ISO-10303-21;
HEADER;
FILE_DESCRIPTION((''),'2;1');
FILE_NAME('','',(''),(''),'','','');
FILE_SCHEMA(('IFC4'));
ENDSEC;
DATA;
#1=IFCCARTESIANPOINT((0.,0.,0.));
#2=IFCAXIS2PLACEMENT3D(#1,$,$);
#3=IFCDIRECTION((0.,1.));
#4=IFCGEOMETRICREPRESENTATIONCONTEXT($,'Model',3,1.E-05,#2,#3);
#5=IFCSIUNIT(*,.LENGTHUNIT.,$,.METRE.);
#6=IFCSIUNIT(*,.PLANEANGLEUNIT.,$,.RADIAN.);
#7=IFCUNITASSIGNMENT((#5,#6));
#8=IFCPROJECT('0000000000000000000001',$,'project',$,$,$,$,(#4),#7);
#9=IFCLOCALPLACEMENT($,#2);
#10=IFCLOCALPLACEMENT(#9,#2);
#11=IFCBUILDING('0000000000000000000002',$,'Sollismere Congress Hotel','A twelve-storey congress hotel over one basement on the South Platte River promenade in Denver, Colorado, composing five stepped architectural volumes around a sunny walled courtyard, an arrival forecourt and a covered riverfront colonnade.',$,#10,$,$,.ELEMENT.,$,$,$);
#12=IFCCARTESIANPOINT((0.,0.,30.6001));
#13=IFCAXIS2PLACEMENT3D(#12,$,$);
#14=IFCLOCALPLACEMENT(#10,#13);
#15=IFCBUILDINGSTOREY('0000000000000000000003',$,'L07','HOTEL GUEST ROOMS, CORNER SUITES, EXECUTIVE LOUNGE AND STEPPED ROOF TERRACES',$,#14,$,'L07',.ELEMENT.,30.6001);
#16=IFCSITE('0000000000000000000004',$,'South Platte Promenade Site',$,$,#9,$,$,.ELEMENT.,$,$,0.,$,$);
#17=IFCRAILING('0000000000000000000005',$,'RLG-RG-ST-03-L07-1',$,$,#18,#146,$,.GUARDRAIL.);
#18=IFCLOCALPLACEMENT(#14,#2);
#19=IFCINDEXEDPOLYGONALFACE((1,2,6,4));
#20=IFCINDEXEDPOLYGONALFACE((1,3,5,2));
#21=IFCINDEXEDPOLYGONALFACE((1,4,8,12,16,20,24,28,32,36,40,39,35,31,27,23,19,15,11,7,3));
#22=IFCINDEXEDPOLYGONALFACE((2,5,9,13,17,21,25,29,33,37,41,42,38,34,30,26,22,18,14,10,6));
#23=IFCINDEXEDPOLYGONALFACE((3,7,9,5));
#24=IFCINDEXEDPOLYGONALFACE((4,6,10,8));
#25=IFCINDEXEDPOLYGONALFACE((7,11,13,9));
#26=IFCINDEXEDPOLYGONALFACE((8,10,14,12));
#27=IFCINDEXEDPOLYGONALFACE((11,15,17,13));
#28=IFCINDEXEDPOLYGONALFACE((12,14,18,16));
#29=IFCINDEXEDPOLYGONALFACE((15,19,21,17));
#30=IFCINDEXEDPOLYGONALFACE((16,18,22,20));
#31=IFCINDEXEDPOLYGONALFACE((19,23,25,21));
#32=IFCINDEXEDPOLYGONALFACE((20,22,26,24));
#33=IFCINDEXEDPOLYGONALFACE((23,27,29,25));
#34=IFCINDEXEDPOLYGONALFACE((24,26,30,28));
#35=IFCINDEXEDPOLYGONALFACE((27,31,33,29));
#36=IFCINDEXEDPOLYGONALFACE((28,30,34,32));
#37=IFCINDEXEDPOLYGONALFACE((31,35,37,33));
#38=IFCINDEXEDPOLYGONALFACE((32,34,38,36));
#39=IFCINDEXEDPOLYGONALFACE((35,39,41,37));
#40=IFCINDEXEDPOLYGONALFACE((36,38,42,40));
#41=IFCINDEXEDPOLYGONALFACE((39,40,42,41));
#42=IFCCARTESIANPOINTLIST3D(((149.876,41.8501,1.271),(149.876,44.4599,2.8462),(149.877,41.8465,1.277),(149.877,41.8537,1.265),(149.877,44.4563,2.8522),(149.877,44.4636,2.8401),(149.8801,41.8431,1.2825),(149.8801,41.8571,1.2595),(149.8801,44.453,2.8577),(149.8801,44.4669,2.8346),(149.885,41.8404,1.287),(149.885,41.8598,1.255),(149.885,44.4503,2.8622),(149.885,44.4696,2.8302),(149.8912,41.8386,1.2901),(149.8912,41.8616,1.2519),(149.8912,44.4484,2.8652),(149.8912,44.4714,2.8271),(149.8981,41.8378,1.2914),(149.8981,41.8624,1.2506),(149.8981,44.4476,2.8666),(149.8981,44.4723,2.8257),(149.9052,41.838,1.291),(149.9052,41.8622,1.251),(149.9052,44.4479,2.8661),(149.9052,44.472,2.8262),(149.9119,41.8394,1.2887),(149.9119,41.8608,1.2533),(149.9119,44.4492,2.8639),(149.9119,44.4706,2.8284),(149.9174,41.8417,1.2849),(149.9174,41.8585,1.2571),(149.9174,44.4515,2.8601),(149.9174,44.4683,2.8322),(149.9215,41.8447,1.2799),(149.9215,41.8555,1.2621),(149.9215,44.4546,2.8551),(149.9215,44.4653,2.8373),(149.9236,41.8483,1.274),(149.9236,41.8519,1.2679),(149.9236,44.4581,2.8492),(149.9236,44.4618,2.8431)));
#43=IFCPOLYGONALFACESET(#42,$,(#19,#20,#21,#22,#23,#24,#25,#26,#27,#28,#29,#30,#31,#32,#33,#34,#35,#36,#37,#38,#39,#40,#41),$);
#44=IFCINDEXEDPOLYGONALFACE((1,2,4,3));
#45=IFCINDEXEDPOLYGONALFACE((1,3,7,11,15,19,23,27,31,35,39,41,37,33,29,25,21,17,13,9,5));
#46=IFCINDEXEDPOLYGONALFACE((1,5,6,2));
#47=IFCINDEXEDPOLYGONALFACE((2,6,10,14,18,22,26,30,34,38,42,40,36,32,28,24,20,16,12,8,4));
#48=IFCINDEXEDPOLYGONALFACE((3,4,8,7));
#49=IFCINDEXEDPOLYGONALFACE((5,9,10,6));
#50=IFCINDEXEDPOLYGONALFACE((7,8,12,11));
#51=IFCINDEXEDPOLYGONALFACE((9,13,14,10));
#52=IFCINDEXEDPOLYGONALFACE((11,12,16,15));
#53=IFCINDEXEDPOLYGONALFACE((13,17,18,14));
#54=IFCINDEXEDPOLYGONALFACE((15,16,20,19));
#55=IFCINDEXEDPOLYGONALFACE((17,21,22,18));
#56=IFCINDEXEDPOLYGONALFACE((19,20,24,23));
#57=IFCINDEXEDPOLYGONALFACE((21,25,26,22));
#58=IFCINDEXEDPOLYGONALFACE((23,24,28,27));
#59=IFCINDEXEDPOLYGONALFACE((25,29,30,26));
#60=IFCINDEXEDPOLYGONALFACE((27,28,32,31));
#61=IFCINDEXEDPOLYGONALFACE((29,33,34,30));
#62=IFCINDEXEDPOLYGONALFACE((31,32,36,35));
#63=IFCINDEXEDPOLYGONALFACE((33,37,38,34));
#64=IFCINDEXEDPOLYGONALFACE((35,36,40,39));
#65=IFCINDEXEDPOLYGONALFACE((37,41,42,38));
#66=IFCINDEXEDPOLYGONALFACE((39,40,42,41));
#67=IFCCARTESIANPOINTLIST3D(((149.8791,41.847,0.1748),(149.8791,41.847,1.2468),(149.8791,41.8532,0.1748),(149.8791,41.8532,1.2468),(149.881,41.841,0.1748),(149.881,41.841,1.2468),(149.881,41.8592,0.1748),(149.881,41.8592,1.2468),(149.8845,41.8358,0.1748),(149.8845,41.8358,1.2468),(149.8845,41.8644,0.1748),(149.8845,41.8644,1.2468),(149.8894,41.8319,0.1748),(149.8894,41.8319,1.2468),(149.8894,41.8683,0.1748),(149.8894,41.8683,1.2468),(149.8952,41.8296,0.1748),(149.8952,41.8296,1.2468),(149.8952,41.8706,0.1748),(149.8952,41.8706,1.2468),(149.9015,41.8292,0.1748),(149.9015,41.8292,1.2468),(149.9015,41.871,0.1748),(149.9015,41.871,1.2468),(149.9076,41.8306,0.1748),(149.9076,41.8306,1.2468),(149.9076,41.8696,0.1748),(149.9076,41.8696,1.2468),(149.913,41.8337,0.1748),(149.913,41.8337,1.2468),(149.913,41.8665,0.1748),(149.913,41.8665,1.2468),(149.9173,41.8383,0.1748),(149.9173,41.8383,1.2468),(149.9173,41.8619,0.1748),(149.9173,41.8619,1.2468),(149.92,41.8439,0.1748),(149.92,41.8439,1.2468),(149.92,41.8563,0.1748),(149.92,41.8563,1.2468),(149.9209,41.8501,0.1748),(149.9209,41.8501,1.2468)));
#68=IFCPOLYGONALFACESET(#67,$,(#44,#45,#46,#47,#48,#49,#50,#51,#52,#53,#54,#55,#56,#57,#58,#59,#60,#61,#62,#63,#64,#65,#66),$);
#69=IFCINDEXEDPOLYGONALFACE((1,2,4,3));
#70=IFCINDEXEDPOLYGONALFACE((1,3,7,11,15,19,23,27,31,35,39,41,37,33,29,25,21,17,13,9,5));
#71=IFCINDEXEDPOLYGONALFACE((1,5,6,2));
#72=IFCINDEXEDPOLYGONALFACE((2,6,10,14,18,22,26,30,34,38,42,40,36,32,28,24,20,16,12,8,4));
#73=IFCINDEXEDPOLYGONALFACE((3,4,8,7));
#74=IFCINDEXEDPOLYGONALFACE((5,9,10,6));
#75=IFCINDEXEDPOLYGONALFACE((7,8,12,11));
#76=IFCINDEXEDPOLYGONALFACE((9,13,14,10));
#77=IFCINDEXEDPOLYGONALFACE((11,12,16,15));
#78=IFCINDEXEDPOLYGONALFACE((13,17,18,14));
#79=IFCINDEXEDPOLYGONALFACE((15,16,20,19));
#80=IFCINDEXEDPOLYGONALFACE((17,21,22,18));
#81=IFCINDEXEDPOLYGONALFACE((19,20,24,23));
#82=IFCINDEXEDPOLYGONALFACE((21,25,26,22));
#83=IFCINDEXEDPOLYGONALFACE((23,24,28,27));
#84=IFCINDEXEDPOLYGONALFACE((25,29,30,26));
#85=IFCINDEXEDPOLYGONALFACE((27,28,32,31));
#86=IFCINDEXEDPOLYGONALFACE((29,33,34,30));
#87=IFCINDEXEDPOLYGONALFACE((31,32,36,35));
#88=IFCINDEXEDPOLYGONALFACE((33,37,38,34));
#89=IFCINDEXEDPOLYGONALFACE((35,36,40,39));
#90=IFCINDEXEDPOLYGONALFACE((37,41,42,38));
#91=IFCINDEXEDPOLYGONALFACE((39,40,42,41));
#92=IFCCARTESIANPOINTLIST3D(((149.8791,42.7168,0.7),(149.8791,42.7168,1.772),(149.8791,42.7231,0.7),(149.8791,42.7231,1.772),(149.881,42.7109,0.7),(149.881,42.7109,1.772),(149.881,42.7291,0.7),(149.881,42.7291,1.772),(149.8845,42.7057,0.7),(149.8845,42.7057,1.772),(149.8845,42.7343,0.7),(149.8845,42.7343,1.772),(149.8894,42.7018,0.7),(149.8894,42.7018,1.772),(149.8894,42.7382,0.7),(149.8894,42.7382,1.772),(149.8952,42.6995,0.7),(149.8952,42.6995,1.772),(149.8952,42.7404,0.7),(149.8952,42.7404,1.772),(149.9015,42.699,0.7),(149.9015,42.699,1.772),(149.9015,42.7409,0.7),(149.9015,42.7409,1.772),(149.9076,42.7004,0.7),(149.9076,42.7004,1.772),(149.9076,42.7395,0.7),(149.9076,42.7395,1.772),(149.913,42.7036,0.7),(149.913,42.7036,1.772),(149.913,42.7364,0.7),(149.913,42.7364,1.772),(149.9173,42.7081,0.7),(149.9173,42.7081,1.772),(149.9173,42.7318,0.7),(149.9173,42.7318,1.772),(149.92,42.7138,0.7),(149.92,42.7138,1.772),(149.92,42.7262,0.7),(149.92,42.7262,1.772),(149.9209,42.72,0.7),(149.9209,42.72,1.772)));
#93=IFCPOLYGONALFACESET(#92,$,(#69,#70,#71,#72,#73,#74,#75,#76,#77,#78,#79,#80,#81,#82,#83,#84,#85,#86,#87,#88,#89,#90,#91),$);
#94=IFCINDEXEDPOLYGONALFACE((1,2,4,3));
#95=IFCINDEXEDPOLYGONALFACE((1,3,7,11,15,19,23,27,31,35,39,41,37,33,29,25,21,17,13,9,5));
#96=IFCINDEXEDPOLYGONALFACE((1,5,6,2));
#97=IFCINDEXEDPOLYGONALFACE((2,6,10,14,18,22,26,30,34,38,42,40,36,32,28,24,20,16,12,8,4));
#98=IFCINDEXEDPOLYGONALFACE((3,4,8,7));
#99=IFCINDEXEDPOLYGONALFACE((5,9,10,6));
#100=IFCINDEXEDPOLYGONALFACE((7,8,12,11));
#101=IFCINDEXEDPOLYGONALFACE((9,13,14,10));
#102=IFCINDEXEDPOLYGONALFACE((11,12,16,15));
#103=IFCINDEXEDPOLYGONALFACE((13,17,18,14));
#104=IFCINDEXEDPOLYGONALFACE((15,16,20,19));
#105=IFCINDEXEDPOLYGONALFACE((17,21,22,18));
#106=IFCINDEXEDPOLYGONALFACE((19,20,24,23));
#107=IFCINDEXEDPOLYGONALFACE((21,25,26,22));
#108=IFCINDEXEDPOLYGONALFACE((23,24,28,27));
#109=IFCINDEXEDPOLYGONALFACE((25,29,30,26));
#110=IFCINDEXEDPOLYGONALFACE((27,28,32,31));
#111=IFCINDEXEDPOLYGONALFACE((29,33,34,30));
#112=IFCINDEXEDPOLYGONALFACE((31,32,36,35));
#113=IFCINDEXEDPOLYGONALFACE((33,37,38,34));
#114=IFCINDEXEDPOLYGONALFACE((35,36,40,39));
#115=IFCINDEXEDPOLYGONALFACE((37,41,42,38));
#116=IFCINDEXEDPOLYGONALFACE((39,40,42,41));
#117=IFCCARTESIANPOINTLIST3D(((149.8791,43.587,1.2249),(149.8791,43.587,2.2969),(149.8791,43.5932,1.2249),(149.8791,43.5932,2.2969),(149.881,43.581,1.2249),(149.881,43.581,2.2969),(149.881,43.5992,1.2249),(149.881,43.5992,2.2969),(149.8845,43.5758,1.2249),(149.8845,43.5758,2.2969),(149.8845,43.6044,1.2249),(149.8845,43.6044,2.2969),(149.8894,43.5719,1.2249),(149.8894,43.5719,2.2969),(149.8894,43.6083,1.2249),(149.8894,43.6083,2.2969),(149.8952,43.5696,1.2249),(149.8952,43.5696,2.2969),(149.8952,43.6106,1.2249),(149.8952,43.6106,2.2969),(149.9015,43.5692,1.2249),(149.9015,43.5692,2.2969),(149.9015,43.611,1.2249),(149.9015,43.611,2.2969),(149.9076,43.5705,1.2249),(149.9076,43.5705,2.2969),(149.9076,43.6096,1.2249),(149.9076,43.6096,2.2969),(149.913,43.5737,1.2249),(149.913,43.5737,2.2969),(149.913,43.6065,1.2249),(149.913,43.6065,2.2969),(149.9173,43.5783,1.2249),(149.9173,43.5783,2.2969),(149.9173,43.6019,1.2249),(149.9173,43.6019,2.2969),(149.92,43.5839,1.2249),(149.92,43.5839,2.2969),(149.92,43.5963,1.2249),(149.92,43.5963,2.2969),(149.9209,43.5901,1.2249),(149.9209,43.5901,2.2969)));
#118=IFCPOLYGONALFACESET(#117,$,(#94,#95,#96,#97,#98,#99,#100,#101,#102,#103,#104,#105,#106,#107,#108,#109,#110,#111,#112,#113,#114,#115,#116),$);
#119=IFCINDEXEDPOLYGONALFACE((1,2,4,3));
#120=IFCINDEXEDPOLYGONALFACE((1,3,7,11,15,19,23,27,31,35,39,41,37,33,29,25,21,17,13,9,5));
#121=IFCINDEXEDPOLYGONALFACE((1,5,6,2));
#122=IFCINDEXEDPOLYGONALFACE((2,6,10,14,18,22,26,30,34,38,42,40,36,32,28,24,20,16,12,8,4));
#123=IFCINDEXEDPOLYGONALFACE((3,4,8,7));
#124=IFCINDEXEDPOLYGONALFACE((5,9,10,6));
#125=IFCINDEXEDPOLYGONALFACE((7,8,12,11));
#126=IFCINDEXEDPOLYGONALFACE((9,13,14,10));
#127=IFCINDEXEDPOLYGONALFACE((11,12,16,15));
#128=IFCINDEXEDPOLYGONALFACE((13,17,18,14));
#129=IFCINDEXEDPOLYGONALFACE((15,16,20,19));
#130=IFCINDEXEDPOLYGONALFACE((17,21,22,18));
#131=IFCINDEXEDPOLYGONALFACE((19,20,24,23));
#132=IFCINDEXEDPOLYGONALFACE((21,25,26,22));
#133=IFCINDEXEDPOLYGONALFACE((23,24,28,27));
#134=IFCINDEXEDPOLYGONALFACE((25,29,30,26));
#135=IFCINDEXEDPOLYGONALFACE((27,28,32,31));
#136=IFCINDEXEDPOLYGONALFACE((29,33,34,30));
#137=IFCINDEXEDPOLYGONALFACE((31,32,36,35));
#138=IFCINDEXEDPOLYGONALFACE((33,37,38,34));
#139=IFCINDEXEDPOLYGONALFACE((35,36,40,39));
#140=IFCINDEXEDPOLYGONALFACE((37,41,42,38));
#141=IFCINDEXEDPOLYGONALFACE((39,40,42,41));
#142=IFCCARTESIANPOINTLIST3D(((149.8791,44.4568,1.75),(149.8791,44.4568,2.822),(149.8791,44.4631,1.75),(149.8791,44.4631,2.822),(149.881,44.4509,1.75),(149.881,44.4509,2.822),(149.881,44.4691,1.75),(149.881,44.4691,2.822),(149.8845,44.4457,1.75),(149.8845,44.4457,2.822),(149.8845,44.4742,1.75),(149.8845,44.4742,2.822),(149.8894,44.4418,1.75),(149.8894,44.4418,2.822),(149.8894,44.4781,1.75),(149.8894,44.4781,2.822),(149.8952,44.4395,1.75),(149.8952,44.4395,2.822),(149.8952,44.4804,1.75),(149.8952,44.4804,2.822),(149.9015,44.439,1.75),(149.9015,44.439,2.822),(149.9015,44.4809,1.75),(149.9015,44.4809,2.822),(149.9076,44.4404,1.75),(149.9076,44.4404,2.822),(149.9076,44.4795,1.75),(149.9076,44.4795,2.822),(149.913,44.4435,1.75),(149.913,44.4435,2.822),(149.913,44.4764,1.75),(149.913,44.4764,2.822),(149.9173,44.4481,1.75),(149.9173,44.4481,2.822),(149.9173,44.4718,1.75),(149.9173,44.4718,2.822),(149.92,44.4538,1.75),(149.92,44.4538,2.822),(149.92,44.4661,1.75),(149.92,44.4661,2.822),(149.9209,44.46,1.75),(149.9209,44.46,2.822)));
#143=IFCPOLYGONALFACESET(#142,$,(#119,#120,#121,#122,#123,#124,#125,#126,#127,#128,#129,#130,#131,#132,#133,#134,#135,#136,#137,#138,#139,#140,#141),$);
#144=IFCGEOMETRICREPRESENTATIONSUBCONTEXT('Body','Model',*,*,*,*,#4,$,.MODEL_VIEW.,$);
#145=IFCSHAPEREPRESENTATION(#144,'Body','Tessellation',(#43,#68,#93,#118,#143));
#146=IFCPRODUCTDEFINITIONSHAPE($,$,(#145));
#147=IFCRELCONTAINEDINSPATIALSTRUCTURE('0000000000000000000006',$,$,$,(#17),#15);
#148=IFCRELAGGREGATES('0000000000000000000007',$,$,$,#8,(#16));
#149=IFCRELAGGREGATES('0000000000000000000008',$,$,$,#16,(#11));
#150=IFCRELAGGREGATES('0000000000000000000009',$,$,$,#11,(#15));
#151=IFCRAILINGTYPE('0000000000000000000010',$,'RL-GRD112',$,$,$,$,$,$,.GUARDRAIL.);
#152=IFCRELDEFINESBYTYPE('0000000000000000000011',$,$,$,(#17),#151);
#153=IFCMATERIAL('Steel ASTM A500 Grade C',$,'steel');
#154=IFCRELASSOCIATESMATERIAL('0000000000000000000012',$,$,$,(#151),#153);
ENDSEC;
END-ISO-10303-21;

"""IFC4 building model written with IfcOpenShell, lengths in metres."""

from ifc_helpers import new_model, si_unit, direction, frame, origin, origin_2d, place, context, subcontext, project, spatial, circle, extrude, material, type_object, element, save


model = new_model("IFC4")

# Units and contexts
model_context = context("Model", 3, precision=1e-05, world=origin(), true_north=direction((0.0, 1.0)))
body_context = subcontext(model_context, "Body", "Model", "MODEL_VIEW")
ifc_project = project(units=[si_unit("LENGTHUNIT", "METRE"), si_unit("PLANEANGLEUNIT", "RADIAN")], contexts=[model_context])

# Site, building, storey
site_placement = place(None, origin())
site = spatial("IfcSite", under=ifc_project, at=site_placement, Name="South Platte Promenade Site", CompositionType="ELEMENT", RefElevation=0.0)
building_placement = place(site_placement, origin())
building = spatial("IfcBuilding", under=site, at=building_placement, Name="Sollismere Congress Hotel", Description="A twelve-storey congress hotel over one basement on the South Platte River promenade in Denver, Colorado, composing five stepped architectural volumes around a sunny walled courtyard, an arrival forecourt and a covered riverfront colonnade.", CompositionType="ELEMENT")
storey_placement = place(building_placement, frame((0.0, 0.0, 30.6001)))
storey = spatial("IfcBuildingStorey", under=building, at=storey_placement, Name="L07", Description="HOTEL GUEST ROOMS, CORNER SUITES, EXECUTIVE LOUNGE AND STEPPED ROOF TERRACES", LongName="L07", CompositionType="ELEMENT", Elevation=30.6001)

# Railing
ifc_material_1 = material(Name="Steel ASTM A500 Grade C", Category="steel")
railing_type_1 = type_object("IfcRailingType", Name="RL-GRD112", PredefinedType="GUARDRAIL", material=ifc_material_1)
railing_1_placement = place(storey_placement, frame((149.8999, 41.8501, 0.1748)))
element("IfcRailing", 1, at=railing_1_placement, inside=storey, type_object=railing_type_1, Name="RLG-RG-ST-03-L07-1", PredefinedType="GUARDRAIL", context=body_context, shape_type="SweptSolid", body=[
    extrude(circle(Radius=0.0239, at=origin_2d()), frame((0.0, 0.0, 1.0962), z_axis=(0.0, 0.856147, 0.516732), x_axis=(-1.0, 0.0, 0.0)), (0.0, 0.0, 1.0), 3.0483),
    extrude(circle(Radius=0.021, at=origin_2d()), origin(), (0.0, 0.0, 1.0), 1.072),
    extrude(circle(Radius=0.021, at=origin_2d()), frame((0.0, 0.8699, 0.5251)), (0.0, 0.0, 1.0), 1.072),
    extrude(circle(Radius=0.021, at=origin_2d()), frame((0.0, 1.74, 1.05)), (0.0, 0.0, 1.0), 1.072),
    extrude(circle(Radius=0.021, at=origin_2d()), frame((0.0, 2.6099, 1.5752)), (0.0, 0.0, 1.0), 1.072),
])

save(model, "model.ifc")
